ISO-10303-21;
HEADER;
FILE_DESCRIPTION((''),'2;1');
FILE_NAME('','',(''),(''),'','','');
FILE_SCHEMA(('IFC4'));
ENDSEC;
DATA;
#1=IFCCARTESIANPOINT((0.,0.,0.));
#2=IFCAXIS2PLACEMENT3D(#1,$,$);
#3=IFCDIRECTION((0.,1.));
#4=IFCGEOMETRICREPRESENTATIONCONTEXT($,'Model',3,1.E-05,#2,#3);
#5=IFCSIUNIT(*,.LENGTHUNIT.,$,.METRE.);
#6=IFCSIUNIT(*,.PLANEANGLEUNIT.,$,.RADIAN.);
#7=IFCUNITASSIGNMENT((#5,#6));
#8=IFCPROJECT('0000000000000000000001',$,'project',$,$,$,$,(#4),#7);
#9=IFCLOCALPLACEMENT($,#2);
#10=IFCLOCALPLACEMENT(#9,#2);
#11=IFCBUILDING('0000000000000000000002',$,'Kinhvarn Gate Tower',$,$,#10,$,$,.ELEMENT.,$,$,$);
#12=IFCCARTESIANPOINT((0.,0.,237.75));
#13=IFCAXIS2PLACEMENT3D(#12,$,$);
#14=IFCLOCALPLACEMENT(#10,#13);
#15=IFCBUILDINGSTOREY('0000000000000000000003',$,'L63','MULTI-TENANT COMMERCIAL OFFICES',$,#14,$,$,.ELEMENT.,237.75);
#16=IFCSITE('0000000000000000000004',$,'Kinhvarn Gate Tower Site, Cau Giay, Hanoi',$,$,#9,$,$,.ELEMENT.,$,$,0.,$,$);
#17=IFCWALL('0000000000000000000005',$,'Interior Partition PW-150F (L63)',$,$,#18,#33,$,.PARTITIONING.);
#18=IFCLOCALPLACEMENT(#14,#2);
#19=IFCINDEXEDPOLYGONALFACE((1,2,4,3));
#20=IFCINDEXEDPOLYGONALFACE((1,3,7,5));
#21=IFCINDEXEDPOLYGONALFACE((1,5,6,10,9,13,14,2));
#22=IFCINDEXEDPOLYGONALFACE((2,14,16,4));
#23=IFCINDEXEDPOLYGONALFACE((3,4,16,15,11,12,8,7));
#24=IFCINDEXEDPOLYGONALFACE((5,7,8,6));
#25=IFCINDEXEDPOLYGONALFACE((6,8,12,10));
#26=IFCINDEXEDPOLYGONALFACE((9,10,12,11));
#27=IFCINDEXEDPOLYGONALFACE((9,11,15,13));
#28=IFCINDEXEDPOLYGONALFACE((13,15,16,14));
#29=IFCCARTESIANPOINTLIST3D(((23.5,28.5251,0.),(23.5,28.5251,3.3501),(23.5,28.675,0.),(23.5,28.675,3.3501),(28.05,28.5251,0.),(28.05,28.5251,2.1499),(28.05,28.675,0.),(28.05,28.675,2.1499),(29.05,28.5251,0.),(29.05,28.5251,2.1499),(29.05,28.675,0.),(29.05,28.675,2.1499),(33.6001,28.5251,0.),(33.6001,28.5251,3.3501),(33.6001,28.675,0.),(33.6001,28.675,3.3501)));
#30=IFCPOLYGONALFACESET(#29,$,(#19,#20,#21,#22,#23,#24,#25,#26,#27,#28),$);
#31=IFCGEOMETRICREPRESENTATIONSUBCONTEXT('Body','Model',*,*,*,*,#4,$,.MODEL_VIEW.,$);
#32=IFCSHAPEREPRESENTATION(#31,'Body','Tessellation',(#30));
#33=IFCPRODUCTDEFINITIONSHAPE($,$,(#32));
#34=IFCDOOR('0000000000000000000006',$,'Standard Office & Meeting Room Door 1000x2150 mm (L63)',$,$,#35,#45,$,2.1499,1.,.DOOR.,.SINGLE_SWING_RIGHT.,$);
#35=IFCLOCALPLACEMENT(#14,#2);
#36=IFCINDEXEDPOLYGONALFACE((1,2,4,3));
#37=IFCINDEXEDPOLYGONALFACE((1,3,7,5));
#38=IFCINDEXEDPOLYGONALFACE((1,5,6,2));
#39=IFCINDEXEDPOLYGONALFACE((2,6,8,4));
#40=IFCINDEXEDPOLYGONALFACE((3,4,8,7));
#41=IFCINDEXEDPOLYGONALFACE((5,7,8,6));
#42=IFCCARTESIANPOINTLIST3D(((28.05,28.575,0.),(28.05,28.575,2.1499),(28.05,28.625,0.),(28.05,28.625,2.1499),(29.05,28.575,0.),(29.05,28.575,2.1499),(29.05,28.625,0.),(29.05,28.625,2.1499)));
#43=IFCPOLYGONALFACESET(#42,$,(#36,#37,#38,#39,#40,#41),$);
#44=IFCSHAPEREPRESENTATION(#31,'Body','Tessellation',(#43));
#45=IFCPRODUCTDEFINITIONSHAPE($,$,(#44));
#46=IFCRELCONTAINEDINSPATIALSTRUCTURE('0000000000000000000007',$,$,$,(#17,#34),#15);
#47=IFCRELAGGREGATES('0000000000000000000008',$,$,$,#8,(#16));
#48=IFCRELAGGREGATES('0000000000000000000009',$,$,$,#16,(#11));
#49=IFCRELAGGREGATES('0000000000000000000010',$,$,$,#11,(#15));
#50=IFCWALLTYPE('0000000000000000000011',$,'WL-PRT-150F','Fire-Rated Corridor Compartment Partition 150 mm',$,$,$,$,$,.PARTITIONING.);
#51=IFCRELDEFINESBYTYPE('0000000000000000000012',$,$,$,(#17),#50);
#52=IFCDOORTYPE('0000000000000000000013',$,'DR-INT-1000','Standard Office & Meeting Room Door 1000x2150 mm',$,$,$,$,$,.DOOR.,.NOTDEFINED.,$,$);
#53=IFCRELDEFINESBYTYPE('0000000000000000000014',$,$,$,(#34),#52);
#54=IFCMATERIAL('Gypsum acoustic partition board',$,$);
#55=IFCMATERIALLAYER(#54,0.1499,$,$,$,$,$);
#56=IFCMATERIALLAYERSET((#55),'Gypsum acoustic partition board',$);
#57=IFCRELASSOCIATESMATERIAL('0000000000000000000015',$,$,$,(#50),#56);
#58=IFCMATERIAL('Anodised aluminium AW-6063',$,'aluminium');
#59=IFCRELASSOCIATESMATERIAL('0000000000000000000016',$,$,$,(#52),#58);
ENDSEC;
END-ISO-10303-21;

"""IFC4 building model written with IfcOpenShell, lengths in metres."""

from ifc_helpers import new_model, si_unit, direction, frame, frame_2d, origin, place, context, subcontext, project, spatial, rectangle, extrude, material, layer, layer_set, type_object, element, fill, save


model = new_model("IFC4")

# Units and contexts
model_context = context("Model", 3, precision=1e-05, world=origin(), true_north=direction((0.0, 1.0)))
body_context = subcontext(model_context, "Body", "Model", "MODEL_VIEW")
ifc_project = project(units=[si_unit("LENGTHUNIT", "METRE"), si_unit("PLANEANGLEUNIT", "RADIAN")], contexts=[model_context])

# Site, building, storey
site_placement = place(None, origin())
site = spatial("IfcSite", under=ifc_project, at=site_placement, Name="Kinhvarn Gate Tower Site, Cau Giay, Hanoi", CompositionType="ELEMENT", RefElevation=0.0)
building_placement = place(site_placement, origin())
building = spatial("IfcBuilding", under=site, at=building_placement, Name="Kinhvarn Gate Tower", CompositionType="ELEMENT")
storey_placement = place(building_placement, frame((0.0, 0.0, 237.75)))
storey = spatial("IfcBuildingStorey", under=building, at=storey_placement, Name="L63", Description="MULTI-TENANT COMMERCIAL OFFICES", CompositionType="ELEMENT", Elevation=237.75)

# Shared definitions
ifc_material_1 = material(Name="Gypsum acoustic partition board")
ifc_layer_1 = layer(ifc_material_1, 0.1499)
ifc_layer_set_1 = layer_set([ifc_layer_1], Name="Gypsum acoustic partition board")
wall_type_1 = type_object("IfcWallType", Name="WL-PRT-150F", Description="Fire-Rated Corridor Compartment Partition 150 mm", PredefinedType="PARTITIONING", material=ifc_layer_set_1)

# Wall, opening, door
wall_1_placement = place(storey_placement, frame((23.5, 28.6001, 0.0), z_axis=(0.0, 0.0, 1.0), x_axis=(1.0, 0.0, 0.0)))
wall_1 = element("IfcWall", 1, at=wall_1_placement, inside=storey, type_object=wall_type_1, Name="Interior Partition PW-150F (L63)", PredefinedType="PARTITIONING", context=body_context, shape_type="SweptSolid", body=[
    extrude(rectangle(XDim=10.1001, YDim=0.1499, at=frame_2d((5.05, 0.0))), origin(), (0.0, 0.0, 1.0), 3.3501),
])
opening_1_placement = place(wall_1_placement, frame((4.55, 0.0, 0.0)))
opening_1 = element("IfcOpeningElement", 2, at=opening_1_placement, cuts=wall_1, PredefinedType="OPENING", context=body_context, shape_type="SweptSolid", body=[
    extrude(rectangle(XDim=1.0, YDim=2.1499, at=frame_2d((0.5, 1.075))), frame((0.0, 0.085, 0.0), z_axis=(0.0, -1.0, 0.0), x_axis=(1.0, 0.0, 0.0)), (0.0, 0.0, 1.0), 0.1699),
])
ifc_material_2 = material(Name="Anodised aluminium AW-6063", Category="aluminium")
door_type = type_object("IfcDoorType", Name="DR-INT-1000", Description="Standard Office & Meeting Room Door 1000x2150 mm", OperationType="NOTDEFINED", PredefinedType="DOOR", material=ifc_material_2)
door_1_placement = place(opening_1_placement, origin())
door_1 = element("IfcDoor", 3, at=door_1_placement, inside=storey, type_object=door_type, Name="Standard Office & Meeting Room Door 1000x2150 mm (L63)", OperationType="SINGLE_SWING_RIGHT", OverallHeight=2.1499, OverallWidth=1.0, PredefinedType="DOOR", context=body_context, shape_type="SweptSolid", body=[
    extrude(rectangle(XDim=1.0, YDim=2.1499, at=frame_2d((0.5, 1.075))), frame((0.0, 0.0249, 0.0), z_axis=(0.0, -1.0, 0.0), x_axis=(1.0, 0.0, 0.0)), (0.0, 0.0, 1.0), 0.05),
])
fill(opening_1, door_1)

save(model, "model.ifc")
